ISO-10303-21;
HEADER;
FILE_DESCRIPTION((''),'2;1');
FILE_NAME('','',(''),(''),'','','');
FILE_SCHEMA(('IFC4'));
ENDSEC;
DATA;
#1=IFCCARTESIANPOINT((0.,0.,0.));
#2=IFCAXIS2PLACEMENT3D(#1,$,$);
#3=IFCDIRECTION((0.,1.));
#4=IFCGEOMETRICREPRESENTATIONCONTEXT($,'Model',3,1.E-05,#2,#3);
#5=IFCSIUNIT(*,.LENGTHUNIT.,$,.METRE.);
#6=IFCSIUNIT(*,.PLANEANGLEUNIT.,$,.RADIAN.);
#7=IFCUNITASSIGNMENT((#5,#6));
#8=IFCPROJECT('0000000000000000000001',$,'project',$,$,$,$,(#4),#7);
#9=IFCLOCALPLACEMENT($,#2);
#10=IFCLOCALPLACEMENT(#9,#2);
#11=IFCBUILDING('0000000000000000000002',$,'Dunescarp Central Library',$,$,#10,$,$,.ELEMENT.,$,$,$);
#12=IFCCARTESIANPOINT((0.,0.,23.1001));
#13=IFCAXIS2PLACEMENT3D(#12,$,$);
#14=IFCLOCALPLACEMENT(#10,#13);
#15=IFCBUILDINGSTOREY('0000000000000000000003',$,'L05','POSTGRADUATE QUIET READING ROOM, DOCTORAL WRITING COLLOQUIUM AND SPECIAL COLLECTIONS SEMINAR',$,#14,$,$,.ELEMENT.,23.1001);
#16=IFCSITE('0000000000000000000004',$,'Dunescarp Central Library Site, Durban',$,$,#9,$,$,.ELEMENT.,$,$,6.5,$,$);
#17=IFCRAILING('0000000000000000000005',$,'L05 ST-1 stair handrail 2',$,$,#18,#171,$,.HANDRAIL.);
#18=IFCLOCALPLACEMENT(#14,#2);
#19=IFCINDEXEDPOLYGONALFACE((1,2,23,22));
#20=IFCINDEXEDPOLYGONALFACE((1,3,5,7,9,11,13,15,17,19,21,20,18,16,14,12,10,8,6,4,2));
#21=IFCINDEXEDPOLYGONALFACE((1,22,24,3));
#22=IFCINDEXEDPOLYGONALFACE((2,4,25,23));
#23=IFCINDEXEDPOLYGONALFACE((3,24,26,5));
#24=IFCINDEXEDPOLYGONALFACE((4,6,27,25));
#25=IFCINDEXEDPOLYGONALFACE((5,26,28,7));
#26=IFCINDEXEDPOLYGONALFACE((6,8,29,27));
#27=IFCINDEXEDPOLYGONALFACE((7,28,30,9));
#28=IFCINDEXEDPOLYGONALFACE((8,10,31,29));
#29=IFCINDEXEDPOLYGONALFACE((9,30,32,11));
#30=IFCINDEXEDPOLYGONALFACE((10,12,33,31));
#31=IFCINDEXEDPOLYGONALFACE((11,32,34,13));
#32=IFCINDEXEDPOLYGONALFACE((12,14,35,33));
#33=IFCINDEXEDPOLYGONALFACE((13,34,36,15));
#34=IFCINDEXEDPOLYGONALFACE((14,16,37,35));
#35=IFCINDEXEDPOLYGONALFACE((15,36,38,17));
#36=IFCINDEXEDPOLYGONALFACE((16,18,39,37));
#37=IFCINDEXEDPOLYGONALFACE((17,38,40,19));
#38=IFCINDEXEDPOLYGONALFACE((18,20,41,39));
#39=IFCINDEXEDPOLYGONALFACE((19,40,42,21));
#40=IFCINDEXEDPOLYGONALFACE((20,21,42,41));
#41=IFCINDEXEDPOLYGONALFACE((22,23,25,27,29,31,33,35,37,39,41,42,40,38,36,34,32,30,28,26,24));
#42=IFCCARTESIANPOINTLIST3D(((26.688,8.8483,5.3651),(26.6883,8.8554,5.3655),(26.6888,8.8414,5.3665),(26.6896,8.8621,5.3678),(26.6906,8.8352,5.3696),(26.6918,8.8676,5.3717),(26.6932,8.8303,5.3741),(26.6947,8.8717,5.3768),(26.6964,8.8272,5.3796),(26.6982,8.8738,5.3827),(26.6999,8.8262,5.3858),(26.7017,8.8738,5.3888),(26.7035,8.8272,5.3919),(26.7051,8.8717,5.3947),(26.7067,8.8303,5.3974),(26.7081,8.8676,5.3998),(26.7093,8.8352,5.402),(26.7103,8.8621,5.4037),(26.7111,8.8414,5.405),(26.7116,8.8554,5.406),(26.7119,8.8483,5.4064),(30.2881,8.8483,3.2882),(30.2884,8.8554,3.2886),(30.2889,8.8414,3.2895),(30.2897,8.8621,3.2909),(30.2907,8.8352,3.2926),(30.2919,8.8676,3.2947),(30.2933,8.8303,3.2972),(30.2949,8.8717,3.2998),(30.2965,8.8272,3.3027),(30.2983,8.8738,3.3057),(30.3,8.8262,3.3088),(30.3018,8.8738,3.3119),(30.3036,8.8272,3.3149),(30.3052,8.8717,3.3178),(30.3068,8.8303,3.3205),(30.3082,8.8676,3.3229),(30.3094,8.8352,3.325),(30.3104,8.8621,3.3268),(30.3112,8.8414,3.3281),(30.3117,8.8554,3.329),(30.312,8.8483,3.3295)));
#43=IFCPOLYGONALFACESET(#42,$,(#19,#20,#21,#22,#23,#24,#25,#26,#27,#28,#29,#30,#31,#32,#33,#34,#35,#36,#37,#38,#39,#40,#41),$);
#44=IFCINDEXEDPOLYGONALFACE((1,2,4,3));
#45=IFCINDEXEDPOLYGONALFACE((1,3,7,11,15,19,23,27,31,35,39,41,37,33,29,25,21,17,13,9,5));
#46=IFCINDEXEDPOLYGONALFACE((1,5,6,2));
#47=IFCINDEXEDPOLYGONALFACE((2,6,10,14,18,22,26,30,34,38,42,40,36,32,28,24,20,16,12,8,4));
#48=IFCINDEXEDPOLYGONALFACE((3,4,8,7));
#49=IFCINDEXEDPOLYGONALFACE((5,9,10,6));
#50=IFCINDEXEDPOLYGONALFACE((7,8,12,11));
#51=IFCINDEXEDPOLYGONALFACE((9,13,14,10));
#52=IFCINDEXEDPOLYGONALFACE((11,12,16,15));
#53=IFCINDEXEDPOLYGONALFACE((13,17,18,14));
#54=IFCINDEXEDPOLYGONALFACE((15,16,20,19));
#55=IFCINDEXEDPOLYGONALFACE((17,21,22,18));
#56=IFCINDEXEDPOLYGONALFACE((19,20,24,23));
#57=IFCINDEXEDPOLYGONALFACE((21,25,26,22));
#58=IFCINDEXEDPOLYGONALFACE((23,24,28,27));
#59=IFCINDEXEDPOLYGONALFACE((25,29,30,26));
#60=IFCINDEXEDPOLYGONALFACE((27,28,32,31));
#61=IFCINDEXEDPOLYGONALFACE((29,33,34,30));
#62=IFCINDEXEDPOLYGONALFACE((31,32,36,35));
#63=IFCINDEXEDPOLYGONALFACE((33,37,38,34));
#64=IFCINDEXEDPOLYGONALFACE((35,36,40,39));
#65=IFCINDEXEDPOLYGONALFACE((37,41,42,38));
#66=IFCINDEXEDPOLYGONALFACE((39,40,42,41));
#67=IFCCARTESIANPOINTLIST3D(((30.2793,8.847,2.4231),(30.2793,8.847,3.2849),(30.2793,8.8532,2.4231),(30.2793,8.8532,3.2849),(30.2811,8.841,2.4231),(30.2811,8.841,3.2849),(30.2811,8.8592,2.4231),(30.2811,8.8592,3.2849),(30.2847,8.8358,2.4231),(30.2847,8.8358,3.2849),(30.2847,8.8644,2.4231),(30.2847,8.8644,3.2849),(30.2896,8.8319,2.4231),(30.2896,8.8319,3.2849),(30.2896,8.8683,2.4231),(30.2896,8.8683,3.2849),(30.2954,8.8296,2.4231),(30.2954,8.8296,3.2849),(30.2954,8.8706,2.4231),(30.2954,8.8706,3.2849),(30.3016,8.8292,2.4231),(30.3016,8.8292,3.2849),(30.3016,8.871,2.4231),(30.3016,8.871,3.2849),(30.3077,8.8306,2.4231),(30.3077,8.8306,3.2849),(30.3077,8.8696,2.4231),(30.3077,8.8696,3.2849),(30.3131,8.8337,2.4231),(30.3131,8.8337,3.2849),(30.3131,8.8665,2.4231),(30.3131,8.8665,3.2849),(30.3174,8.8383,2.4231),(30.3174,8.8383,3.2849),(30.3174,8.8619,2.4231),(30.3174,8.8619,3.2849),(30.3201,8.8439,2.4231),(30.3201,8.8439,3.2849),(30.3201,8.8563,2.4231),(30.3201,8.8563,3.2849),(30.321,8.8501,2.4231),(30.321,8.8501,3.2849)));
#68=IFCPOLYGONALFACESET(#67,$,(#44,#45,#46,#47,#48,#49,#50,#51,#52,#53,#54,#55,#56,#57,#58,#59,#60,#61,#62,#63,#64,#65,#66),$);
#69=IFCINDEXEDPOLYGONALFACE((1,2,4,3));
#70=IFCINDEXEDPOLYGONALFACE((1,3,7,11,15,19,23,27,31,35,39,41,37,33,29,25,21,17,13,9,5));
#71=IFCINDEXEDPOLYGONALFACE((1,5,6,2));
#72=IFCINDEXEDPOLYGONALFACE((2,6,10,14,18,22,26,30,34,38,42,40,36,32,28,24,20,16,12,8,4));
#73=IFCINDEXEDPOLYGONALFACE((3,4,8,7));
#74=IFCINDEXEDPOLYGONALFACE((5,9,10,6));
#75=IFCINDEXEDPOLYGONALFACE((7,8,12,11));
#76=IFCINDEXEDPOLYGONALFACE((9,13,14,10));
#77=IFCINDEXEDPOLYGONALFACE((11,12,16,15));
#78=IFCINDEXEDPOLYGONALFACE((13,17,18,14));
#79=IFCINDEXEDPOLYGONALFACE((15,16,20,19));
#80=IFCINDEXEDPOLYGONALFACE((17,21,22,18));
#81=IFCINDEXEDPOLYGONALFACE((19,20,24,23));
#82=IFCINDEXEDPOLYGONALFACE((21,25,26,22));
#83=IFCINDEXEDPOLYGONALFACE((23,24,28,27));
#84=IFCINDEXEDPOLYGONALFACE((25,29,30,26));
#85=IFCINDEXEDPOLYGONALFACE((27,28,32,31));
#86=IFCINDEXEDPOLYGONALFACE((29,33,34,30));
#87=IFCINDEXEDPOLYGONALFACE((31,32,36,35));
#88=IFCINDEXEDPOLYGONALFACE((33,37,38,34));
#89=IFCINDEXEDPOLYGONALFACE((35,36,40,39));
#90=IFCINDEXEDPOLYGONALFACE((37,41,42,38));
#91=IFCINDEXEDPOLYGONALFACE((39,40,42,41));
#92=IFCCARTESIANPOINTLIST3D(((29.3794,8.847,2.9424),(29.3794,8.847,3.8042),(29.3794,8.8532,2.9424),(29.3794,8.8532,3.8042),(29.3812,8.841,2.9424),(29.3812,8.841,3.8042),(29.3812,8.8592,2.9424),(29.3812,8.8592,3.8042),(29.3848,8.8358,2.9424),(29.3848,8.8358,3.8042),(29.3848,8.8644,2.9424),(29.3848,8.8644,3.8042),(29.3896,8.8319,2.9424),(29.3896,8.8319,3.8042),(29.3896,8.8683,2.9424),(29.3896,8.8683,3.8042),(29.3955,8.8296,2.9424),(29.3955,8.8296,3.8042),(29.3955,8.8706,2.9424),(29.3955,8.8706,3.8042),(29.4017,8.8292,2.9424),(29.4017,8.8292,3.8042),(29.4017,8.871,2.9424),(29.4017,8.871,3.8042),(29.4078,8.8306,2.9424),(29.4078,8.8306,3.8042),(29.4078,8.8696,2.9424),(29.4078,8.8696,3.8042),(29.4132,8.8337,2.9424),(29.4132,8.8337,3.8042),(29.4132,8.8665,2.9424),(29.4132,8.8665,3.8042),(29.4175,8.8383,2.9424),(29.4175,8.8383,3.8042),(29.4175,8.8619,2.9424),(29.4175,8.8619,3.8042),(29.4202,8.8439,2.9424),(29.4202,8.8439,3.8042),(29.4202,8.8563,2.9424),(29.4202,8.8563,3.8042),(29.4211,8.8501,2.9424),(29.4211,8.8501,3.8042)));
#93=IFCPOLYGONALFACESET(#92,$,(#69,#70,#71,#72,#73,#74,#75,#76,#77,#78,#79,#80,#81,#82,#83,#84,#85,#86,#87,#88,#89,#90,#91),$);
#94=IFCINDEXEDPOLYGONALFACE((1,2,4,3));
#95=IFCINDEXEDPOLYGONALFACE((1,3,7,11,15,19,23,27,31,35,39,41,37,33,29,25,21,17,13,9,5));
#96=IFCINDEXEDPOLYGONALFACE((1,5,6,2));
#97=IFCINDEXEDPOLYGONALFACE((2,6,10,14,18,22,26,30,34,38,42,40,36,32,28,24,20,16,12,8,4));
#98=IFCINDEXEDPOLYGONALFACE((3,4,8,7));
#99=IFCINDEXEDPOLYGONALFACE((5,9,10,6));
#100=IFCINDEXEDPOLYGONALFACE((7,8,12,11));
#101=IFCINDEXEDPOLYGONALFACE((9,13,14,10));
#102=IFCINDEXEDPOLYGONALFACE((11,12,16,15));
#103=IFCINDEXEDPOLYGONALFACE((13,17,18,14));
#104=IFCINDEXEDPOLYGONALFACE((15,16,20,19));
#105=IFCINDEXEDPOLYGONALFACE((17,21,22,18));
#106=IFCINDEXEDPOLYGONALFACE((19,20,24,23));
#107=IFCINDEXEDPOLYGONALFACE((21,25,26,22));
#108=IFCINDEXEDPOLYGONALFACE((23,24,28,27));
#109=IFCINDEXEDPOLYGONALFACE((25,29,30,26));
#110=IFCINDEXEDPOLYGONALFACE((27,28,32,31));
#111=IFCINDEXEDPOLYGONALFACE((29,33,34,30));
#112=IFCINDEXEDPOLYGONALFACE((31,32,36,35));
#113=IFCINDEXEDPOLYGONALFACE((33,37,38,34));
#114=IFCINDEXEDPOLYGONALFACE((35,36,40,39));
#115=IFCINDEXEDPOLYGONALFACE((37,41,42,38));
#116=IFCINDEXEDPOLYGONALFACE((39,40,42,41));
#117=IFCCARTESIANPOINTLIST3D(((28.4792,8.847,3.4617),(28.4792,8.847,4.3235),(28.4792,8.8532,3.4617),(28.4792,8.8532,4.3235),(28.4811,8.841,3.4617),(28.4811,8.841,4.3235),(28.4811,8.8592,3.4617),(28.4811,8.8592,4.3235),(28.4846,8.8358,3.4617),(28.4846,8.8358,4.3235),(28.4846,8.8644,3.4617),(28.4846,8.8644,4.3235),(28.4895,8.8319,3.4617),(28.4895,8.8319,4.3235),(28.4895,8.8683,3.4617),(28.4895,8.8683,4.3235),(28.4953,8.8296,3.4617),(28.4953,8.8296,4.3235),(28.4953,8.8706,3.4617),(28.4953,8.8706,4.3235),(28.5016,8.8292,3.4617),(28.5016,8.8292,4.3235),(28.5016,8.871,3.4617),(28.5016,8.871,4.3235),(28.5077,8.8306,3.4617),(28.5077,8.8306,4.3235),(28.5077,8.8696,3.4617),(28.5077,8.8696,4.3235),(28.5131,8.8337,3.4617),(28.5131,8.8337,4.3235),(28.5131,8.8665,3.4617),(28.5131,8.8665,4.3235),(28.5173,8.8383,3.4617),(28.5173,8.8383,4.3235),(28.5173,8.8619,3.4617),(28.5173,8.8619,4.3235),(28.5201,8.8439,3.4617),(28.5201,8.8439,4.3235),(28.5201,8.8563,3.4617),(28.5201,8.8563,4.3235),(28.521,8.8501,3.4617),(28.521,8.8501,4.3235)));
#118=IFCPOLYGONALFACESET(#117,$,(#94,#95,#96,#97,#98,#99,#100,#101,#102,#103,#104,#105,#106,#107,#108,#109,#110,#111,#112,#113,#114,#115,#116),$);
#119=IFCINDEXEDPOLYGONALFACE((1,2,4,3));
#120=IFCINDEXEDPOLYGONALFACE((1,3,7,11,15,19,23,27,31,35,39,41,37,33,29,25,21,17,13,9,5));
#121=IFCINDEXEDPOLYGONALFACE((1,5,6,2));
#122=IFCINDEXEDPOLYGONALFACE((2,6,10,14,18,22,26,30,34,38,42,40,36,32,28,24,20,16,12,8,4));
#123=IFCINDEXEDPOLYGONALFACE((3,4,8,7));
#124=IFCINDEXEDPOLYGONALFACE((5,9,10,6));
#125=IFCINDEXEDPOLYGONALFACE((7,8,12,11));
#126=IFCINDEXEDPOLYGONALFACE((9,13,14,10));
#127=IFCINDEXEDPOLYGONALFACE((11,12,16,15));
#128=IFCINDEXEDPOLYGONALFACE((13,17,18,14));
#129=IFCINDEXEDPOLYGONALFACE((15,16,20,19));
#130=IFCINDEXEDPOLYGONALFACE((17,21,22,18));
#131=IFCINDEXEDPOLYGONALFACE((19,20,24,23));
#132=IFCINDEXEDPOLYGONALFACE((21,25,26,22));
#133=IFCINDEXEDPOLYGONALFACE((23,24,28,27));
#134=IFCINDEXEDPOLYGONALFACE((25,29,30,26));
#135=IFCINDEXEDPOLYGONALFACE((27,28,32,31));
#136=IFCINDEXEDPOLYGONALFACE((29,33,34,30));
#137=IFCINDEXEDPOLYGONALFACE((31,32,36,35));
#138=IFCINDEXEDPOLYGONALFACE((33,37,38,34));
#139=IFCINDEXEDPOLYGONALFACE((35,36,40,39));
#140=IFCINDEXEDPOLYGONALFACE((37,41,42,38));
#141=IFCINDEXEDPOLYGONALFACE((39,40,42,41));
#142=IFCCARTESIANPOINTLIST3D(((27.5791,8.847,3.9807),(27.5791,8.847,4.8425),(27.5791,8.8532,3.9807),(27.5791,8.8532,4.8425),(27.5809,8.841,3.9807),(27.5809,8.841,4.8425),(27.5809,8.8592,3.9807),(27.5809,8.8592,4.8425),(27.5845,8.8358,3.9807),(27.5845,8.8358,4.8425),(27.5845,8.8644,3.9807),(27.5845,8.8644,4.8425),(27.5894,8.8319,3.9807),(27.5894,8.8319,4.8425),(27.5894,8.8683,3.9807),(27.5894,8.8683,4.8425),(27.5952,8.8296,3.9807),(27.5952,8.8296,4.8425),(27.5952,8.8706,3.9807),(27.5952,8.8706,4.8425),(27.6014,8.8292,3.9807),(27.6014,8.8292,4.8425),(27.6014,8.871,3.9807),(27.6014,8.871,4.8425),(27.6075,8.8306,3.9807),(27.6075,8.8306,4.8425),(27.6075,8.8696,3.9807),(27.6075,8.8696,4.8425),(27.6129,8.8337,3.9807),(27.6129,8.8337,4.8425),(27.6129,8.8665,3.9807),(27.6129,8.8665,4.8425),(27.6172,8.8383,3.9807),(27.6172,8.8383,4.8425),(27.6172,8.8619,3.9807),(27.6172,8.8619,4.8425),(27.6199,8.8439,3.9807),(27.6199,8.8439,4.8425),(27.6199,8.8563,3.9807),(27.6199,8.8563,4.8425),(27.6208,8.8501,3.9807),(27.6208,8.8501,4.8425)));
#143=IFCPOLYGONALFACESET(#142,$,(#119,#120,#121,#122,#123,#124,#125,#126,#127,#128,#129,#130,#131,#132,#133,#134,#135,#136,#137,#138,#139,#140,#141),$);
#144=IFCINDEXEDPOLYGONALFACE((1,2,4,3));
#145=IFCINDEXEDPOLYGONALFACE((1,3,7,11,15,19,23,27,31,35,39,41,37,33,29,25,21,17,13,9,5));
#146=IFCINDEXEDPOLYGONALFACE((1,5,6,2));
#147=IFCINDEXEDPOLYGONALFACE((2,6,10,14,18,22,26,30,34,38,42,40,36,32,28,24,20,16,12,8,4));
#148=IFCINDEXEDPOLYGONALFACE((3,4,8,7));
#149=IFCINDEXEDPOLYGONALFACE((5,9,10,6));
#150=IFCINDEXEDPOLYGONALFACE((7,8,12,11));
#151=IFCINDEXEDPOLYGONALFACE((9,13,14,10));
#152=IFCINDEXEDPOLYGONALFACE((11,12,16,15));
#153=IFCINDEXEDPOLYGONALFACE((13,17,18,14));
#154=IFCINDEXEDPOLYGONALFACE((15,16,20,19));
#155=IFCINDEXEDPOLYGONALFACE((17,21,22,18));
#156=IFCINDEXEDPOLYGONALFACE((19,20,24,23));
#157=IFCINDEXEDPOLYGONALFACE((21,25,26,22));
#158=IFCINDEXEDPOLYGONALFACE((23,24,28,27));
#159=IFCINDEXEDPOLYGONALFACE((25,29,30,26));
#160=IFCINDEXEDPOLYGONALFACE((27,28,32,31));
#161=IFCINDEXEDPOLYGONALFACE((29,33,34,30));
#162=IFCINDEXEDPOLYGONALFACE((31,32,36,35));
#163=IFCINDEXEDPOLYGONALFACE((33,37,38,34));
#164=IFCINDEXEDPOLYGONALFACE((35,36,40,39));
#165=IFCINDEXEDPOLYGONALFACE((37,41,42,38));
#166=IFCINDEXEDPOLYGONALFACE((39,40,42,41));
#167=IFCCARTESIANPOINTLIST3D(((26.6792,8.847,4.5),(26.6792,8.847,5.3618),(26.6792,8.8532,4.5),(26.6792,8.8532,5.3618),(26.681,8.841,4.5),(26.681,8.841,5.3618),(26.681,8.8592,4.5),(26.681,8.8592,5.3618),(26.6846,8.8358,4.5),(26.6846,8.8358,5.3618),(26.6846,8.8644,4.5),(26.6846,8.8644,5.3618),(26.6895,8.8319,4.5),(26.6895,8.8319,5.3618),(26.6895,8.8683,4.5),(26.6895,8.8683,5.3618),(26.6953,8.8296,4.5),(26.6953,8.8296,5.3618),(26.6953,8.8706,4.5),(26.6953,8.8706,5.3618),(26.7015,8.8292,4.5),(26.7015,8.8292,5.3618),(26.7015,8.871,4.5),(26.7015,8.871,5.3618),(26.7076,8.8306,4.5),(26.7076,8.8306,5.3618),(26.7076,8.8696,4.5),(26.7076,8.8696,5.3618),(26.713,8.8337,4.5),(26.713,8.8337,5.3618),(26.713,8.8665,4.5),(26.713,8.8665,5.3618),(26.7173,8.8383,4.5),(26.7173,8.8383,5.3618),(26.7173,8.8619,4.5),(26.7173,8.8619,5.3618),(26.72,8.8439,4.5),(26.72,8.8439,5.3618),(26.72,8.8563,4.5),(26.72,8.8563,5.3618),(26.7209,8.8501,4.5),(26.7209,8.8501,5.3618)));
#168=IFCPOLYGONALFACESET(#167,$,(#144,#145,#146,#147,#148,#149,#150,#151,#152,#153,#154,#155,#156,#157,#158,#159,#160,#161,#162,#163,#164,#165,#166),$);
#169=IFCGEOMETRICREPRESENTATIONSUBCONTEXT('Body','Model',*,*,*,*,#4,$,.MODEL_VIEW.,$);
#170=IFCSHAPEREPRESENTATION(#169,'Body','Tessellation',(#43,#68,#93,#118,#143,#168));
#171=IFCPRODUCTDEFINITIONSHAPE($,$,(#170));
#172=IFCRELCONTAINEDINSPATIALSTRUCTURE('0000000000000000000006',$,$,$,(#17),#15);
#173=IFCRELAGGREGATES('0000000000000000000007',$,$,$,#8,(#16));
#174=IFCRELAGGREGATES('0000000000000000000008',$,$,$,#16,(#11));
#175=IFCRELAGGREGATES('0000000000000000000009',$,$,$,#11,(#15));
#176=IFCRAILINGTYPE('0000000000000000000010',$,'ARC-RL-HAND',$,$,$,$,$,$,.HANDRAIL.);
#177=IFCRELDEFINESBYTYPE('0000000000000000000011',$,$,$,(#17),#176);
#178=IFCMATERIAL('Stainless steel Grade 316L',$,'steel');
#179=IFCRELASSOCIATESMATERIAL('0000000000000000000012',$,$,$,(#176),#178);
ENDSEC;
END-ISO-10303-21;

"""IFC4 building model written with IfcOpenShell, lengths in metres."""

from ifc_helpers import new_model, si_unit, direction, frame, origin, origin_2d, place, context, subcontext, project, spatial, circle, extrude, material, type_object, element, save


model = new_model("IFC4")

# Units and contexts
model_context = context("Model", 3, precision=1e-05, world=origin(), true_north=direction((0.0, 1.0)))
body_context = subcontext(model_context, "Body", "Model", "MODEL_VIEW")
ifc_project = project(units=[si_unit("LENGTHUNIT", "METRE"), si_unit("PLANEANGLEUNIT", "RADIAN")], contexts=[model_context])

# Site, building, storey
site_placement = place(None, origin())
site = spatial("IfcSite", under=ifc_project, at=site_placement, Name="Dunescarp Central Library Site, Durban", CompositionType="ELEMENT", RefElevation=6.5)
building_placement = place(site_placement, origin())
building = spatial("IfcBuilding", under=site, at=building_placement, Name="Dunescarp Central Library", CompositionType="ELEMENT")
storey_placement = place(building_placement, frame((0.0, 0.0, 23.1001)))
storey = spatial("IfcBuildingStorey", under=building, at=storey_placement, Name="L05", Description="POSTGRADUATE QUIET READING ROOM, DOCTORAL WRITING COLLOQUIUM AND SPECIAL COLLECTIONS SEMINAR", CompositionType="ELEMENT", Elevation=23.1001)

# Shared definitions
ifc_material_1 = material(Name="Stainless steel Grade 316L", Category="steel")

# Railing
railing_type_1 = type_object("IfcRailingType", Name="ARC-RL-HAND", PredefinedType="HANDRAIL", material=ifc_material_1)
railing_1_placement = place(storey_placement, frame((30.3, 8.8501, 2.4231)))
element("IfcRailing", 1, at=railing_1_placement, inside=storey, type_object=railing_type_1, Name="L05 ST-1 stair handrail 2", PredefinedType="HANDRAIL", context=body_context, shape_type="SweptSolid", body=[
    extrude(circle(Radius=0.0239, at=origin_2d()), frame((0.0, 0.0, 0.8857), z_axis=(-0.866193, 0.0, 0.499709), x_axis=(0.0, -1.0, 0.0)), (0.0, 0.0, 1.0), 4.1562),
    extrude(circle(Radius=0.021, at=origin_2d()), origin(), (0.0, 0.0, 1.0), 0.8618),
    extrude(circle(Radius=0.021, at=origin_2d()), frame((-0.8999, 0.0, 0.5193)), (0.0, 0.0, 1.0), 0.8618),
    extrude(circle(Radius=0.021, at=origin_2d()), frame((-1.8, 0.0, 1.0386)), (0.0, 0.0, 1.0), 0.8618),
    extrude(circle(Radius=0.021, at=origin_2d()), frame((-2.7002, 0.0, 1.5576)), (0.0, 0.0, 1.0), 0.8618),
    extrude(circle(Radius=0.021, at=origin_2d()), frame((-3.6001, 0.0, 2.0769)), (0.0, 0.0, 1.0), 0.8618),
])

save(model, "model.ifc")
